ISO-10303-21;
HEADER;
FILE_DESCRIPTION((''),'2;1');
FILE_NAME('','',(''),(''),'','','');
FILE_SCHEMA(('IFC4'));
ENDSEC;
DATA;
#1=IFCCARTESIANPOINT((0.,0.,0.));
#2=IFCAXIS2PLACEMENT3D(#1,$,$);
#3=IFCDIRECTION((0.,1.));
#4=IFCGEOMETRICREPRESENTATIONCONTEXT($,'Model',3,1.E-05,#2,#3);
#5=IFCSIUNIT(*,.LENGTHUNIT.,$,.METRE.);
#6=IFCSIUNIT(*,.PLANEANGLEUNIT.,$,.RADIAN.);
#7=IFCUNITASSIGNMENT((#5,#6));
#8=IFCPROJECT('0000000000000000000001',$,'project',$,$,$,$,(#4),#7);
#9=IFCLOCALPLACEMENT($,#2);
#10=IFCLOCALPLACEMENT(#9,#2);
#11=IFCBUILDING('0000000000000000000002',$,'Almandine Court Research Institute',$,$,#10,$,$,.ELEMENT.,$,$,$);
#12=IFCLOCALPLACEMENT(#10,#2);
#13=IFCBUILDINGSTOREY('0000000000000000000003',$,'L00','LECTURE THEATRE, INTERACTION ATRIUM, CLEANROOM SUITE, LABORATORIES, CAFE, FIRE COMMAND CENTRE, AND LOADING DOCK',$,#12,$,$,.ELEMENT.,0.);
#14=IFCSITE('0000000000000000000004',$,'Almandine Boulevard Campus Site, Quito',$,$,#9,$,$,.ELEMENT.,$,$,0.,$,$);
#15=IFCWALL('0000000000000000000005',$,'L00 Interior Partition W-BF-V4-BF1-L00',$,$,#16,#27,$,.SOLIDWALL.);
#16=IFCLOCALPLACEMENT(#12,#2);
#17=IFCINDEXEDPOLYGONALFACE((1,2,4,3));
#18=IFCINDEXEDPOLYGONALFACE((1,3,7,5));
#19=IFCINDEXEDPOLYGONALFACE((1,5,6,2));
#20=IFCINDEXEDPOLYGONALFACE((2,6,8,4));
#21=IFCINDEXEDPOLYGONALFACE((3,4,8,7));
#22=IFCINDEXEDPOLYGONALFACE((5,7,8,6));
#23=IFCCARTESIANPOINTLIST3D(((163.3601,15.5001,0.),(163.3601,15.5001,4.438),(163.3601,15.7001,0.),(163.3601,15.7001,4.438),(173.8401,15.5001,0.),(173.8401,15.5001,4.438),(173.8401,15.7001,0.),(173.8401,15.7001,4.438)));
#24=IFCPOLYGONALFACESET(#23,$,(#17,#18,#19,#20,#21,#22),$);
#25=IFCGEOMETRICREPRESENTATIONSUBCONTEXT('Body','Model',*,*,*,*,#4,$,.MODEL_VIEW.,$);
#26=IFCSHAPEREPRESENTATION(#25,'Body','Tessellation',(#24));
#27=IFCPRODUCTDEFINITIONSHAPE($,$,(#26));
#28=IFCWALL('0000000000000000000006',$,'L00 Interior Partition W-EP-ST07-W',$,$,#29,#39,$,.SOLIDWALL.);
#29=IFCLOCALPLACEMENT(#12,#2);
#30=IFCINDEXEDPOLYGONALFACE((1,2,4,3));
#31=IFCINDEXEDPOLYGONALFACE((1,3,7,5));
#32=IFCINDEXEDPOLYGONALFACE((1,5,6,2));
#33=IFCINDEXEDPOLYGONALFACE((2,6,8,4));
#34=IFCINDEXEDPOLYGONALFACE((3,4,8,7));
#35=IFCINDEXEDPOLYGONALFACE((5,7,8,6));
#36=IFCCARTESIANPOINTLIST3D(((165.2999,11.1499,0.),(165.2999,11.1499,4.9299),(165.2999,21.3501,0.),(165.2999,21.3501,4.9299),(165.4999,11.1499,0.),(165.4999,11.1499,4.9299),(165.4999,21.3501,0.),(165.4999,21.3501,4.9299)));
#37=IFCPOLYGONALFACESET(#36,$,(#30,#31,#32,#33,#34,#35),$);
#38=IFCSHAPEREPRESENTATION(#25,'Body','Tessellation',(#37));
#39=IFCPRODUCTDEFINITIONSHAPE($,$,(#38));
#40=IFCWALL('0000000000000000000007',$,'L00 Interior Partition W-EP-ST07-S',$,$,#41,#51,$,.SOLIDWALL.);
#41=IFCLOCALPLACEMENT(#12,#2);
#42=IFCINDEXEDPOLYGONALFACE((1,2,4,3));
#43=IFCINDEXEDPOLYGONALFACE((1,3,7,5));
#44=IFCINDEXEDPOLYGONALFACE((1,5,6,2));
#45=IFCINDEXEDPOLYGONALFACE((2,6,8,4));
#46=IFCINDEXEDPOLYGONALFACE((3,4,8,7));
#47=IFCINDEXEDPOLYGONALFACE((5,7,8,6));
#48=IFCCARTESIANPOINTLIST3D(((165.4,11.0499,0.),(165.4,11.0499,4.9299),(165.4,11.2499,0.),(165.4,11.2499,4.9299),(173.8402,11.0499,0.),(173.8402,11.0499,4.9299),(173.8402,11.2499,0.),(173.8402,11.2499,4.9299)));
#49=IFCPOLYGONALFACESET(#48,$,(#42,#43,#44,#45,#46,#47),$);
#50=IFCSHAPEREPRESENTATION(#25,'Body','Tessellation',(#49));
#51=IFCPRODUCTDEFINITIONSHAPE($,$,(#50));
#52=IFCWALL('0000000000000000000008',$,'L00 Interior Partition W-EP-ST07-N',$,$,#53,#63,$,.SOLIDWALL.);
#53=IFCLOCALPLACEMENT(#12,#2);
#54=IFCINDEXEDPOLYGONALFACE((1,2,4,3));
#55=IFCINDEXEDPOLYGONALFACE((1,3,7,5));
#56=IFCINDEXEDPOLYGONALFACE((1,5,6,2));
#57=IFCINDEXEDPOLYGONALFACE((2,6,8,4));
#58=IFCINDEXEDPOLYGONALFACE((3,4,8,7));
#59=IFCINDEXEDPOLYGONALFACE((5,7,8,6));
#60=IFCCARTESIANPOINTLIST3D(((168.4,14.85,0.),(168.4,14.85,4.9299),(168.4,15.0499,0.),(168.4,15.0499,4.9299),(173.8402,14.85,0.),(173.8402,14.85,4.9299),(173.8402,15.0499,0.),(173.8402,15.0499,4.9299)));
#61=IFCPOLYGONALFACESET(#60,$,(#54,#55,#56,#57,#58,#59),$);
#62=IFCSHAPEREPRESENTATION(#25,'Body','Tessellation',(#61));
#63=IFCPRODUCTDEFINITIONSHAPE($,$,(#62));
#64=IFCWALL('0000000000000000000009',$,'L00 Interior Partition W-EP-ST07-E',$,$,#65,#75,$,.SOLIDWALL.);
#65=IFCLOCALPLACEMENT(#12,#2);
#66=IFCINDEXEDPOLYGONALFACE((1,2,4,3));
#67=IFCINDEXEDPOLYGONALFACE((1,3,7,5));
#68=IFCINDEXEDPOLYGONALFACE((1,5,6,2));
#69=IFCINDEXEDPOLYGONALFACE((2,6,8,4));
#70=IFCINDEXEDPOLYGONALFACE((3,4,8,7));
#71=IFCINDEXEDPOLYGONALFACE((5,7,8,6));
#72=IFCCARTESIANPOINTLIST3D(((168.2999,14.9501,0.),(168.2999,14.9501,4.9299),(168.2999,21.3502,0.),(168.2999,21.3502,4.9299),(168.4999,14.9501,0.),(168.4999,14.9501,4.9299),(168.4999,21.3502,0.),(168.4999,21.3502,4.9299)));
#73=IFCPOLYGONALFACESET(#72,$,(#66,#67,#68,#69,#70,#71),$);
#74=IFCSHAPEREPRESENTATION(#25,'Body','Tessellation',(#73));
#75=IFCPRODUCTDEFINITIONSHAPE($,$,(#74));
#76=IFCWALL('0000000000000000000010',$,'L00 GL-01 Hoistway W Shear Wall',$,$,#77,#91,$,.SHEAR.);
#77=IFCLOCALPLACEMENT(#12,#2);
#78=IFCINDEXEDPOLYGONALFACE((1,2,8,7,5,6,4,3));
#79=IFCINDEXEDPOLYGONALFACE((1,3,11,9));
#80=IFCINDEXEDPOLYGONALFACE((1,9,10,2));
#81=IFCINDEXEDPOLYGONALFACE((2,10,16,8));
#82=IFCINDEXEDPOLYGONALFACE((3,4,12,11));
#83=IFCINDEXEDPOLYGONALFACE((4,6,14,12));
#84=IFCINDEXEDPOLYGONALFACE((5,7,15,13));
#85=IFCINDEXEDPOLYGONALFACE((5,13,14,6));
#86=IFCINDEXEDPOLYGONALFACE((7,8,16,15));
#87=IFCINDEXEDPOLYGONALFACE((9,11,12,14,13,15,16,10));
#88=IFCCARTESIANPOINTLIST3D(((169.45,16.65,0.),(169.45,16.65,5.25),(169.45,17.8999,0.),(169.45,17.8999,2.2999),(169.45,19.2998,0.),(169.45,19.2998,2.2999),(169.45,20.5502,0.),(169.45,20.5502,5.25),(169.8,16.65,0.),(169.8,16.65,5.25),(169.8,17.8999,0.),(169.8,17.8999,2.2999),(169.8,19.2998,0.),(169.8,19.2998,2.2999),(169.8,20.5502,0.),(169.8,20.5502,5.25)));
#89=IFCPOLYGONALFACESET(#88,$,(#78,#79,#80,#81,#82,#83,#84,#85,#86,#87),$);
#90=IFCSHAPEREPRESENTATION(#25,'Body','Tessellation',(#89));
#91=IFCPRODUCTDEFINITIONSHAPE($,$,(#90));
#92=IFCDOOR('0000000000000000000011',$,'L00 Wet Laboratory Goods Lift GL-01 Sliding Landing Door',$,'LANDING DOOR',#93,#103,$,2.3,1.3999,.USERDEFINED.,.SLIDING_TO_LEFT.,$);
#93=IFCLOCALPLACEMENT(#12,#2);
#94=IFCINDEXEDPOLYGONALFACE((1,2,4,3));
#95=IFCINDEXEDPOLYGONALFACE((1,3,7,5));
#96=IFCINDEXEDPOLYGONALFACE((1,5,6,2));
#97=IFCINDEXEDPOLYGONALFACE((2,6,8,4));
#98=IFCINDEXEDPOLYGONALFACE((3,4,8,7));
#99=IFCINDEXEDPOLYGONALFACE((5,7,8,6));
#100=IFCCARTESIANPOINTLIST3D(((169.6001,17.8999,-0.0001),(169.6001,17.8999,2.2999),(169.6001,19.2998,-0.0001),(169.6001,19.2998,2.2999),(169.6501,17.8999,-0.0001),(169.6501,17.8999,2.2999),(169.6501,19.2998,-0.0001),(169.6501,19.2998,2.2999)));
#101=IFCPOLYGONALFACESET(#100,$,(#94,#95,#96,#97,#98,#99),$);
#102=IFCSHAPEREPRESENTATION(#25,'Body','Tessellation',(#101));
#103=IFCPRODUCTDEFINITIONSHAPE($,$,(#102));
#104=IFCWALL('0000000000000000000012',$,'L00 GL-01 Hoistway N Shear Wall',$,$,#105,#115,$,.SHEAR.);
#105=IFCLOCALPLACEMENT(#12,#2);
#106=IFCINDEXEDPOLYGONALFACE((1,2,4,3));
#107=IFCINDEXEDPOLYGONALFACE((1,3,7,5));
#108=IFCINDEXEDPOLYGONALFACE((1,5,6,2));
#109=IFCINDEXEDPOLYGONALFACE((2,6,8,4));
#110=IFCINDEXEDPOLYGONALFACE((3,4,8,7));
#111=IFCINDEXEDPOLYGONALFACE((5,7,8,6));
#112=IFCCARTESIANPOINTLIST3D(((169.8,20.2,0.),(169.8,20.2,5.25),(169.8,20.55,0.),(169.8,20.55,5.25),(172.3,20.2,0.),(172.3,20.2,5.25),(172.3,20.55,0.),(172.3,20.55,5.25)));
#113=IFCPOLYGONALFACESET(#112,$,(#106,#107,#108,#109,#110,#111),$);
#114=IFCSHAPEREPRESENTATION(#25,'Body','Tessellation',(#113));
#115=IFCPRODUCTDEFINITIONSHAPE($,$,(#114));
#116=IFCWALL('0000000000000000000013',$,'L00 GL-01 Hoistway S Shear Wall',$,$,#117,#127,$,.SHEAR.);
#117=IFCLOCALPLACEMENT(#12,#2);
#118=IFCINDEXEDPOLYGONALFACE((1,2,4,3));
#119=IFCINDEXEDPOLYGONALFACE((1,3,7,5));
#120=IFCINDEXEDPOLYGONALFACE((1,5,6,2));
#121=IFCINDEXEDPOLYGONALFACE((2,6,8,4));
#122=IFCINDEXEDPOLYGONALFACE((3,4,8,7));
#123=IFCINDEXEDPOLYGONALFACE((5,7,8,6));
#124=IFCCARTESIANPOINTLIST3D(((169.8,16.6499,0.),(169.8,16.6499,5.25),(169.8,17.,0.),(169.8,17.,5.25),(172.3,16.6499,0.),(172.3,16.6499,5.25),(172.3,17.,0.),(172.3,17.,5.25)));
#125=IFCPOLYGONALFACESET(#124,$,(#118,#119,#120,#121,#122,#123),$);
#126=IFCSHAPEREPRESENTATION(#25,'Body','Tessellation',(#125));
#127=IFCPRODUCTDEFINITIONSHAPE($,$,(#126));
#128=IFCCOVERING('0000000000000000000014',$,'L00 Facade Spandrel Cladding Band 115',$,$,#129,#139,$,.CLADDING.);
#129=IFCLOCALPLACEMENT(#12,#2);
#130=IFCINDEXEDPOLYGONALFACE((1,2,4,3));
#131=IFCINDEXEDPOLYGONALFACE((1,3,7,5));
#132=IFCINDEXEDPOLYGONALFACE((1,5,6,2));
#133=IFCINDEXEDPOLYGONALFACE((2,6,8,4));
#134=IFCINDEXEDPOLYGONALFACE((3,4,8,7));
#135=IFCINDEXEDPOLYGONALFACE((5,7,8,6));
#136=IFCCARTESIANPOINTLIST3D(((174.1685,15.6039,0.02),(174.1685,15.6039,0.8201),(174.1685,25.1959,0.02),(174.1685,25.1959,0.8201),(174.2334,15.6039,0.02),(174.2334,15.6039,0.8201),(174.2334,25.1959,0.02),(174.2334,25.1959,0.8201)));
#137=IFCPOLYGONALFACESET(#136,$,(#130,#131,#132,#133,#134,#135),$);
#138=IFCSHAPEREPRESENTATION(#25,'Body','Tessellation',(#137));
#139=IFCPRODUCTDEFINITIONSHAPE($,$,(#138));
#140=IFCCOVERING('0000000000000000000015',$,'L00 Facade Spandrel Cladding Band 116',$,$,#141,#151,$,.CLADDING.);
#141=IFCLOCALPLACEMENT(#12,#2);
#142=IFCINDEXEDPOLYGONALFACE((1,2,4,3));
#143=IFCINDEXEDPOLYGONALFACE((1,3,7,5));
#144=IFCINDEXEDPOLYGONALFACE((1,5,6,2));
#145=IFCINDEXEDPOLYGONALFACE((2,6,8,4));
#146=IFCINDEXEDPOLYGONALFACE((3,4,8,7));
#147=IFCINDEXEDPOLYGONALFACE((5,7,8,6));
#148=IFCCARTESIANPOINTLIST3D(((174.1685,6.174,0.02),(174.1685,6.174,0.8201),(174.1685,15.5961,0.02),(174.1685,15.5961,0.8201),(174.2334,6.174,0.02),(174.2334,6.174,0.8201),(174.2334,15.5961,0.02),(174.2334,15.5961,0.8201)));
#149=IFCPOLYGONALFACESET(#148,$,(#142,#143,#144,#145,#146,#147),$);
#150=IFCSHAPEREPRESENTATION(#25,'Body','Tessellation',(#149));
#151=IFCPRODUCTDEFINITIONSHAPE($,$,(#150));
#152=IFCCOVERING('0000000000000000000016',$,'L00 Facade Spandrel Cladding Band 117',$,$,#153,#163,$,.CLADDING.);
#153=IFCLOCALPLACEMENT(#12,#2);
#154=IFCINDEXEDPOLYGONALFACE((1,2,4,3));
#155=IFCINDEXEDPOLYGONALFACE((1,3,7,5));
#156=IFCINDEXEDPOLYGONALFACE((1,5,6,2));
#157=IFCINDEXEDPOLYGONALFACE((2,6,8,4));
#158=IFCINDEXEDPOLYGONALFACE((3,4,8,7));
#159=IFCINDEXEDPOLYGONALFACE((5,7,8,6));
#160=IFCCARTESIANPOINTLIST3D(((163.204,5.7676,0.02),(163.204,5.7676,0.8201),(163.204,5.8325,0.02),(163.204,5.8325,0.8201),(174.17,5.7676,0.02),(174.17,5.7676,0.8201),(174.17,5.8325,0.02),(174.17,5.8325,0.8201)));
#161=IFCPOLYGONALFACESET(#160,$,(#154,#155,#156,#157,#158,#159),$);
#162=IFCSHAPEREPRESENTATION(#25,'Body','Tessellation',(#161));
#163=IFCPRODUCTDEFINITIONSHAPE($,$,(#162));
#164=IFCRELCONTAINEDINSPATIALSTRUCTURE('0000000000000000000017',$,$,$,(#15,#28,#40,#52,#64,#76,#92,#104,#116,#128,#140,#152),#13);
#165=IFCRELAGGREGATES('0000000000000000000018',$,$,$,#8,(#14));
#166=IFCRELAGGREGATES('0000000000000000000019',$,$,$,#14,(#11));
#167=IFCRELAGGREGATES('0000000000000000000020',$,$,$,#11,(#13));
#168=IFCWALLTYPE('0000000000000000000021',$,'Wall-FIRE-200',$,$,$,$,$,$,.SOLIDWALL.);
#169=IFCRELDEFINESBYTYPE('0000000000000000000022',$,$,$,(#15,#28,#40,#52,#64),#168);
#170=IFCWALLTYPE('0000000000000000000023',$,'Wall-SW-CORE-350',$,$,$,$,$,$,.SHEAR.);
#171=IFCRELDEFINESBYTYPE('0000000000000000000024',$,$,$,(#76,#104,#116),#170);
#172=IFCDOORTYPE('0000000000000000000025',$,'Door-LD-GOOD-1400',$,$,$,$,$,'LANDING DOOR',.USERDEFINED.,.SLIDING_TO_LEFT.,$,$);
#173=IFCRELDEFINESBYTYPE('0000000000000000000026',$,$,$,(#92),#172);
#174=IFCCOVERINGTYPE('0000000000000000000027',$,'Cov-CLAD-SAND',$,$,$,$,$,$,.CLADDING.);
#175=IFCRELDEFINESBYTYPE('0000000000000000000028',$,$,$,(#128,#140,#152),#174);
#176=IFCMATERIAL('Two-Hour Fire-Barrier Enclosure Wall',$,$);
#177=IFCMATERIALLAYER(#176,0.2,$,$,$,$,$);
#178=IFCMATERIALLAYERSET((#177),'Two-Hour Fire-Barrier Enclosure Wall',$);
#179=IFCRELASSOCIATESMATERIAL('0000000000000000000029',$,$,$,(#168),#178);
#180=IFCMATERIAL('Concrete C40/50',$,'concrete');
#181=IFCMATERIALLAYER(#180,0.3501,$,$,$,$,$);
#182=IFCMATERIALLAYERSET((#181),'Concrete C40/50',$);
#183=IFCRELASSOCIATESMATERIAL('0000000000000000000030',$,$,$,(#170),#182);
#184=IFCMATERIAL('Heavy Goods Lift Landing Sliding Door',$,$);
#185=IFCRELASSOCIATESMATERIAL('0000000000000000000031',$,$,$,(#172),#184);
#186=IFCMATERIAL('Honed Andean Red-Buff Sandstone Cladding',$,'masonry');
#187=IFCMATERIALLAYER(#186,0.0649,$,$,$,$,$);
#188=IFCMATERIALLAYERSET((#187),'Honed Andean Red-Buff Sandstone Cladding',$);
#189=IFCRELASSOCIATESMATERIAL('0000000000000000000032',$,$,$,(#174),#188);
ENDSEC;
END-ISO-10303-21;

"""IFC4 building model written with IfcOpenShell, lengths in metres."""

from ifc_helpers import new_model, si_unit, direction, frame, frame_2d, origin, origin_2d, place, context, subcontext, project, spatial, rectangle, extrude, material, layer, layer_set, type_object, element, fill, save


model = new_model("IFC4")

# Units and contexts
model_context = context("Model", 3, precision=1e-05, world=origin(), true_north=direction((0.0, 1.0)))
body_context = subcontext(model_context, "Body", "Model", "MODEL_VIEW")
ifc_project = project(units=[si_unit("LENGTHUNIT", "METRE"), si_unit("PLANEANGLEUNIT", "RADIAN")], contexts=[model_context])

# Site, building, storey
site_placement = place(None, origin())
site = spatial("IfcSite", under=ifc_project, at=site_placement, Name="Almandine Boulevard Campus Site, Quito", CompositionType="ELEMENT", RefElevation=0.0)
building_placement = place(site_placement, origin())
building = spatial("IfcBuilding", under=site, at=building_placement, Name="Almandine Court Research Institute", CompositionType="ELEMENT")
storey_placement = place(building_placement, origin())
storey = spatial("IfcBuildingStorey", under=building, at=storey_placement, Name="L00", Description="LECTURE THEATRE, INTERACTION ATRIUM, CLEANROOM SUITE, LABORATORIES, CAFE, FIRE COMMAND CENTRE, AND LOADING DOCK", CompositionType="ELEMENT", Elevation=0.0)

# Walls
ifc_material_1 = material(Name="Two-Hour Fire-Barrier Enclosure Wall")
ifc_layer_1 = layer(ifc_material_1, 0.2)
ifc_layer_set_1 = layer_set([ifc_layer_1], Name="Two-Hour Fire-Barrier Enclosure Wall")
wall_type_1 = type_object("IfcWallType", Name="Wall-FIRE-200", PredefinedType="SOLIDWALL", material=ifc_layer_set_1)
wall_1_placement = place(storey_placement, frame((163.3601, 15.6001, 0.0), z_axis=(0.0, 0.0, 1.0), x_axis=(1.0, 0.0, 0.0)))
element("IfcWall", 1, at=wall_1_placement, inside=storey, type_object=wall_type_1, Name="L00 Interior Partition W-BF-V4-BF1-L00", PredefinedType="SOLIDWALL", context=body_context, shape_type="SweptSolid", body=[
    extrude(rectangle(XDim=10.48, YDim=0.2, at=frame_2d((5.24, 0.0))), origin(), (0.0, 0.0, 1.0), 4.438),
])
wall_2_placement = place(storey_placement, frame((165.3999, 11.1499, 0.0), z_axis=(0.0, 0.0, 1.0), x_axis=(0.0, 1.0, 0.0)))
element("IfcWall", 2, at=wall_2_placement, inside=storey, type_object=wall_type_1, Name="L00 Interior Partition W-EP-ST07-W", PredefinedType="SOLIDWALL", context=body_context, shape_type="SweptSolid", body=[
    extrude(rectangle(XDim=10.2002, YDim=0.2, at=frame_2d((5.1001, 0.0))), origin(), (0.0, 0.0, 1.0), 4.9299),
])
wall_3_placement = place(storey_placement, frame((165.3999, 11.1499, 0.0), z_axis=(0.0, 0.0, 1.0), x_axis=(1.0, 0.0, 0.0)))
element("IfcWall", 3, at=wall_3_placement, inside=storey, type_object=wall_type_1, Name="L00 Interior Partition W-EP-ST07-S", PredefinedType="SOLIDWALL", context=body_context, shape_type="SweptSolid", body=[
    extrude(rectangle(XDim=8.4402, YDim=0.2, at=frame_2d((4.2202, 0.0))), origin(), (0.0, 0.0, 1.0), 4.9299),
])
wall_4_placement = place(storey_placement, frame((168.3999, 14.95, 0.0), z_axis=(0.0, 0.0, 1.0), x_axis=(1.0, 0.0, 0.0)))
element("IfcWall", 4, at=wall_4_placement, inside=storey, type_object=wall_type_1, Name="L00 Interior Partition W-EP-ST07-N", PredefinedType="SOLIDWALL", context=body_context, shape_type="SweptSolid", body=[
    extrude(rectangle(XDim=5.4402, YDim=0.2, at=frame_2d((2.7202, 0.0))), origin(), (0.0, 0.0, 1.0), 4.9299),
])
wall_5_placement = place(storey_placement, frame((168.3999, 14.95, 0.0), z_axis=(0.0, 0.0, 1.0), x_axis=(0.0, 1.0, 0.0)))
element("IfcWall", 5, at=wall_5_placement, inside=storey, type_object=wall_type_1, Name="L00 Interior Partition W-EP-ST07-E", PredefinedType="SOLIDWALL", context=body_context, shape_type="SweptSolid", body=[
    extrude(rectangle(XDim=6.4001, YDim=0.2, at=frame_2d((3.2002, 0.0))), origin(), (0.0, 0.0, 1.0), 4.9299),
])

# Wall, opening, door
ifc_material_2 = material(Name="Concrete C40/50", Category="concrete")
ifc_layer_2 = layer(ifc_material_2, 0.3501)
ifc_layer_set_2 = layer_set([ifc_layer_2], Name="Concrete C40/50")
wall_type_2 = type_object("IfcWallType", Name="Wall-SW-CORE-350", PredefinedType="SHEAR", material=ifc_layer_set_2)
wall_6_placement = place(storey_placement, frame((169.625, 16.6499, 0.0), z_axis=(0.0, 0.0, 1.0), x_axis=(0.0, 1.0, 0.0)))
wall_6 = element("IfcWall", 6, at=wall_6_placement, inside=storey, type_object=wall_type_2, Name="L00 GL-01 Hoistway W Shear Wall", PredefinedType="SHEAR", context=body_context, shape_type="SweptSolid", body=[
    extrude(rectangle(XDim=3.9001, YDim=0.3501, at=frame_2d((1.9502, 0.0))), origin(), (0.0, 0.0, 1.0), 5.25),
])
opening_1_placement = place(wall_6_placement, frame((1.25, 0.0, 0.0)))
opening_1 = element("IfcOpeningElement", 7, at=opening_1_placement, cuts=wall_6, PredefinedType="OPENING", context=body_context, shape_type="SweptSolid", body=[
    extrude(rectangle(XDim=1.3999, YDim=2.3, at=frame_2d((0.7, 1.1499))), frame((0.0, 0.1851, 0.0), z_axis=(0.0, -1.0, 0.0), x_axis=(1.0, 0.0, 0.0)), (0.0, 0.0, 1.0), 0.3701),
])
ifc_material_3 = material(Name="Heavy Goods Lift Landing Sliding Door")
door_type_1 = type_object("IfcDoorType", Name="Door-LD-GOOD-1400", ElementType="LANDING DOOR", OperationType="SLIDING_TO_LEFT", PredefinedType="USERDEFINED", material=ifc_material_3)
door_1_placement = place(opening_1_placement, origin())
door_1 = element("IfcDoor", 8, at=door_1_placement, inside=storey, type_object=door_type_1, Name="L00 Wet Laboratory Goods Lift GL-01 Sliding Landing Door", ObjectType="LANDING DOOR", OperationType="SLIDING_TO_LEFT", OverallHeight=2.3, OverallWidth=1.3999, PredefinedType="USERDEFINED", context=body_context, shape_type="SweptSolid", body=[
    extrude(rectangle(XDim=1.3999, YDim=2.3, at=frame_2d((0.7, 1.1499))), frame((0.0, 0.0249, 0.0), z_axis=(0.0, -1.0, 0.0), x_axis=(1.0, 0.0, 0.0)), (0.0, 0.0, 1.0), 0.05),
])
fill(opening_1, door_1)

# Walls
for number, where, z_axis, x_axis, name in (
    (9, (169.8, 20.375, 0.0), (0.0, 0.0, 1.0), (1.0, 0.0, 0.0), "L00 GL-01 Hoistway N Shear Wall"),
    (10, (172.3, 16.825, 0.0), (0.0, 0.0, 1.0), (-1.0, 0.0, 0.0), "L00 GL-01 Hoistway S Shear Wall"),
):
    element("IfcWall", number, at=place(storey_placement, frame(where, z_axis=z_axis, x_axis=x_axis)), inside=storey, type_object=wall_type_2, Name=name, PredefinedType="SHEAR", context=body_context, shape_type="SweptSolid", body=[
        extrude(rectangle(XDim=2.5, YDim=0.3501, at=frame_2d((1.25, 0.0))), origin(), (0.0, 0.0, 1.0), 5.25),
    ])

# Coverings
ifc_material_4 = material(Name="Honed Andean Red-Buff Sandstone Cladding", Category="masonry")
ifc_layer_3 = layer(ifc_material_4, 0.0649)
ifc_layer_set_3 = layer_set([ifc_layer_3], Name="Honed Andean Red-Buff Sandstone Cladding")
covering_type = type_object("IfcCoveringType", Name="Cov-CLAD-SAND", PredefinedType="CLADDING", material=ifc_layer_set_3)
covering_1_placement = place(storey_placement, frame((174.2009, 20.3999, 0.02), z_axis=(0.0, 0.0, 1.0), x_axis=(0.0, -1.0, 0.0)))
element("IfcCovering", 11, at=covering_1_placement, inside=storey, type_object=covering_type, Name="L00 Facade Spandrel Cladding Band 115", PredefinedType="CLADDING", context=body_context, shape_type="SweptSolid", body=[
    extrude(rectangle(XDim=9.592, YDim=0.0649, at=origin_2d()), origin(), (0.0, 0.0, 1.0), 0.8),
])
covering_2_placement = place(storey_placement, frame((174.2009, 10.885, 0.02), z_axis=(0.0, 0.0, 1.0), x_axis=(0.0, -1.0, 0.0)))
element("IfcCovering", 12, at=covering_2_placement, inside=storey, type_object=covering_type, Name="L00 Facade Spandrel Cladding Band 116", PredefinedType="CLADDING", context=body_context, shape_type="SweptSolid", body=[
    extrude(rectangle(XDim=9.4221, YDim=0.0649, at=origin_2d()), origin(), (0.0, 0.0, 1.0), 0.8),
])
covering_3_placement = place(storey_placement, frame((168.687, 5.8, 0.02), z_axis=(0.0, 0.0, 1.0), x_axis=(-1.0, 0.0, 0.0)))
element("IfcCovering", 13, at=covering_3_placement, inside=storey, type_object=covering_type, Name="L00 Facade Spandrel Cladding Band 117", PredefinedType="CLADDING", context=body_context, shape_type="SweptSolid", body=[
    extrude(rectangle(XDim=10.9661, YDim=0.0649, at=origin_2d()), origin(), (0.0, 0.0, 1.0), 0.8),
])

save(model, "model.ifc")
